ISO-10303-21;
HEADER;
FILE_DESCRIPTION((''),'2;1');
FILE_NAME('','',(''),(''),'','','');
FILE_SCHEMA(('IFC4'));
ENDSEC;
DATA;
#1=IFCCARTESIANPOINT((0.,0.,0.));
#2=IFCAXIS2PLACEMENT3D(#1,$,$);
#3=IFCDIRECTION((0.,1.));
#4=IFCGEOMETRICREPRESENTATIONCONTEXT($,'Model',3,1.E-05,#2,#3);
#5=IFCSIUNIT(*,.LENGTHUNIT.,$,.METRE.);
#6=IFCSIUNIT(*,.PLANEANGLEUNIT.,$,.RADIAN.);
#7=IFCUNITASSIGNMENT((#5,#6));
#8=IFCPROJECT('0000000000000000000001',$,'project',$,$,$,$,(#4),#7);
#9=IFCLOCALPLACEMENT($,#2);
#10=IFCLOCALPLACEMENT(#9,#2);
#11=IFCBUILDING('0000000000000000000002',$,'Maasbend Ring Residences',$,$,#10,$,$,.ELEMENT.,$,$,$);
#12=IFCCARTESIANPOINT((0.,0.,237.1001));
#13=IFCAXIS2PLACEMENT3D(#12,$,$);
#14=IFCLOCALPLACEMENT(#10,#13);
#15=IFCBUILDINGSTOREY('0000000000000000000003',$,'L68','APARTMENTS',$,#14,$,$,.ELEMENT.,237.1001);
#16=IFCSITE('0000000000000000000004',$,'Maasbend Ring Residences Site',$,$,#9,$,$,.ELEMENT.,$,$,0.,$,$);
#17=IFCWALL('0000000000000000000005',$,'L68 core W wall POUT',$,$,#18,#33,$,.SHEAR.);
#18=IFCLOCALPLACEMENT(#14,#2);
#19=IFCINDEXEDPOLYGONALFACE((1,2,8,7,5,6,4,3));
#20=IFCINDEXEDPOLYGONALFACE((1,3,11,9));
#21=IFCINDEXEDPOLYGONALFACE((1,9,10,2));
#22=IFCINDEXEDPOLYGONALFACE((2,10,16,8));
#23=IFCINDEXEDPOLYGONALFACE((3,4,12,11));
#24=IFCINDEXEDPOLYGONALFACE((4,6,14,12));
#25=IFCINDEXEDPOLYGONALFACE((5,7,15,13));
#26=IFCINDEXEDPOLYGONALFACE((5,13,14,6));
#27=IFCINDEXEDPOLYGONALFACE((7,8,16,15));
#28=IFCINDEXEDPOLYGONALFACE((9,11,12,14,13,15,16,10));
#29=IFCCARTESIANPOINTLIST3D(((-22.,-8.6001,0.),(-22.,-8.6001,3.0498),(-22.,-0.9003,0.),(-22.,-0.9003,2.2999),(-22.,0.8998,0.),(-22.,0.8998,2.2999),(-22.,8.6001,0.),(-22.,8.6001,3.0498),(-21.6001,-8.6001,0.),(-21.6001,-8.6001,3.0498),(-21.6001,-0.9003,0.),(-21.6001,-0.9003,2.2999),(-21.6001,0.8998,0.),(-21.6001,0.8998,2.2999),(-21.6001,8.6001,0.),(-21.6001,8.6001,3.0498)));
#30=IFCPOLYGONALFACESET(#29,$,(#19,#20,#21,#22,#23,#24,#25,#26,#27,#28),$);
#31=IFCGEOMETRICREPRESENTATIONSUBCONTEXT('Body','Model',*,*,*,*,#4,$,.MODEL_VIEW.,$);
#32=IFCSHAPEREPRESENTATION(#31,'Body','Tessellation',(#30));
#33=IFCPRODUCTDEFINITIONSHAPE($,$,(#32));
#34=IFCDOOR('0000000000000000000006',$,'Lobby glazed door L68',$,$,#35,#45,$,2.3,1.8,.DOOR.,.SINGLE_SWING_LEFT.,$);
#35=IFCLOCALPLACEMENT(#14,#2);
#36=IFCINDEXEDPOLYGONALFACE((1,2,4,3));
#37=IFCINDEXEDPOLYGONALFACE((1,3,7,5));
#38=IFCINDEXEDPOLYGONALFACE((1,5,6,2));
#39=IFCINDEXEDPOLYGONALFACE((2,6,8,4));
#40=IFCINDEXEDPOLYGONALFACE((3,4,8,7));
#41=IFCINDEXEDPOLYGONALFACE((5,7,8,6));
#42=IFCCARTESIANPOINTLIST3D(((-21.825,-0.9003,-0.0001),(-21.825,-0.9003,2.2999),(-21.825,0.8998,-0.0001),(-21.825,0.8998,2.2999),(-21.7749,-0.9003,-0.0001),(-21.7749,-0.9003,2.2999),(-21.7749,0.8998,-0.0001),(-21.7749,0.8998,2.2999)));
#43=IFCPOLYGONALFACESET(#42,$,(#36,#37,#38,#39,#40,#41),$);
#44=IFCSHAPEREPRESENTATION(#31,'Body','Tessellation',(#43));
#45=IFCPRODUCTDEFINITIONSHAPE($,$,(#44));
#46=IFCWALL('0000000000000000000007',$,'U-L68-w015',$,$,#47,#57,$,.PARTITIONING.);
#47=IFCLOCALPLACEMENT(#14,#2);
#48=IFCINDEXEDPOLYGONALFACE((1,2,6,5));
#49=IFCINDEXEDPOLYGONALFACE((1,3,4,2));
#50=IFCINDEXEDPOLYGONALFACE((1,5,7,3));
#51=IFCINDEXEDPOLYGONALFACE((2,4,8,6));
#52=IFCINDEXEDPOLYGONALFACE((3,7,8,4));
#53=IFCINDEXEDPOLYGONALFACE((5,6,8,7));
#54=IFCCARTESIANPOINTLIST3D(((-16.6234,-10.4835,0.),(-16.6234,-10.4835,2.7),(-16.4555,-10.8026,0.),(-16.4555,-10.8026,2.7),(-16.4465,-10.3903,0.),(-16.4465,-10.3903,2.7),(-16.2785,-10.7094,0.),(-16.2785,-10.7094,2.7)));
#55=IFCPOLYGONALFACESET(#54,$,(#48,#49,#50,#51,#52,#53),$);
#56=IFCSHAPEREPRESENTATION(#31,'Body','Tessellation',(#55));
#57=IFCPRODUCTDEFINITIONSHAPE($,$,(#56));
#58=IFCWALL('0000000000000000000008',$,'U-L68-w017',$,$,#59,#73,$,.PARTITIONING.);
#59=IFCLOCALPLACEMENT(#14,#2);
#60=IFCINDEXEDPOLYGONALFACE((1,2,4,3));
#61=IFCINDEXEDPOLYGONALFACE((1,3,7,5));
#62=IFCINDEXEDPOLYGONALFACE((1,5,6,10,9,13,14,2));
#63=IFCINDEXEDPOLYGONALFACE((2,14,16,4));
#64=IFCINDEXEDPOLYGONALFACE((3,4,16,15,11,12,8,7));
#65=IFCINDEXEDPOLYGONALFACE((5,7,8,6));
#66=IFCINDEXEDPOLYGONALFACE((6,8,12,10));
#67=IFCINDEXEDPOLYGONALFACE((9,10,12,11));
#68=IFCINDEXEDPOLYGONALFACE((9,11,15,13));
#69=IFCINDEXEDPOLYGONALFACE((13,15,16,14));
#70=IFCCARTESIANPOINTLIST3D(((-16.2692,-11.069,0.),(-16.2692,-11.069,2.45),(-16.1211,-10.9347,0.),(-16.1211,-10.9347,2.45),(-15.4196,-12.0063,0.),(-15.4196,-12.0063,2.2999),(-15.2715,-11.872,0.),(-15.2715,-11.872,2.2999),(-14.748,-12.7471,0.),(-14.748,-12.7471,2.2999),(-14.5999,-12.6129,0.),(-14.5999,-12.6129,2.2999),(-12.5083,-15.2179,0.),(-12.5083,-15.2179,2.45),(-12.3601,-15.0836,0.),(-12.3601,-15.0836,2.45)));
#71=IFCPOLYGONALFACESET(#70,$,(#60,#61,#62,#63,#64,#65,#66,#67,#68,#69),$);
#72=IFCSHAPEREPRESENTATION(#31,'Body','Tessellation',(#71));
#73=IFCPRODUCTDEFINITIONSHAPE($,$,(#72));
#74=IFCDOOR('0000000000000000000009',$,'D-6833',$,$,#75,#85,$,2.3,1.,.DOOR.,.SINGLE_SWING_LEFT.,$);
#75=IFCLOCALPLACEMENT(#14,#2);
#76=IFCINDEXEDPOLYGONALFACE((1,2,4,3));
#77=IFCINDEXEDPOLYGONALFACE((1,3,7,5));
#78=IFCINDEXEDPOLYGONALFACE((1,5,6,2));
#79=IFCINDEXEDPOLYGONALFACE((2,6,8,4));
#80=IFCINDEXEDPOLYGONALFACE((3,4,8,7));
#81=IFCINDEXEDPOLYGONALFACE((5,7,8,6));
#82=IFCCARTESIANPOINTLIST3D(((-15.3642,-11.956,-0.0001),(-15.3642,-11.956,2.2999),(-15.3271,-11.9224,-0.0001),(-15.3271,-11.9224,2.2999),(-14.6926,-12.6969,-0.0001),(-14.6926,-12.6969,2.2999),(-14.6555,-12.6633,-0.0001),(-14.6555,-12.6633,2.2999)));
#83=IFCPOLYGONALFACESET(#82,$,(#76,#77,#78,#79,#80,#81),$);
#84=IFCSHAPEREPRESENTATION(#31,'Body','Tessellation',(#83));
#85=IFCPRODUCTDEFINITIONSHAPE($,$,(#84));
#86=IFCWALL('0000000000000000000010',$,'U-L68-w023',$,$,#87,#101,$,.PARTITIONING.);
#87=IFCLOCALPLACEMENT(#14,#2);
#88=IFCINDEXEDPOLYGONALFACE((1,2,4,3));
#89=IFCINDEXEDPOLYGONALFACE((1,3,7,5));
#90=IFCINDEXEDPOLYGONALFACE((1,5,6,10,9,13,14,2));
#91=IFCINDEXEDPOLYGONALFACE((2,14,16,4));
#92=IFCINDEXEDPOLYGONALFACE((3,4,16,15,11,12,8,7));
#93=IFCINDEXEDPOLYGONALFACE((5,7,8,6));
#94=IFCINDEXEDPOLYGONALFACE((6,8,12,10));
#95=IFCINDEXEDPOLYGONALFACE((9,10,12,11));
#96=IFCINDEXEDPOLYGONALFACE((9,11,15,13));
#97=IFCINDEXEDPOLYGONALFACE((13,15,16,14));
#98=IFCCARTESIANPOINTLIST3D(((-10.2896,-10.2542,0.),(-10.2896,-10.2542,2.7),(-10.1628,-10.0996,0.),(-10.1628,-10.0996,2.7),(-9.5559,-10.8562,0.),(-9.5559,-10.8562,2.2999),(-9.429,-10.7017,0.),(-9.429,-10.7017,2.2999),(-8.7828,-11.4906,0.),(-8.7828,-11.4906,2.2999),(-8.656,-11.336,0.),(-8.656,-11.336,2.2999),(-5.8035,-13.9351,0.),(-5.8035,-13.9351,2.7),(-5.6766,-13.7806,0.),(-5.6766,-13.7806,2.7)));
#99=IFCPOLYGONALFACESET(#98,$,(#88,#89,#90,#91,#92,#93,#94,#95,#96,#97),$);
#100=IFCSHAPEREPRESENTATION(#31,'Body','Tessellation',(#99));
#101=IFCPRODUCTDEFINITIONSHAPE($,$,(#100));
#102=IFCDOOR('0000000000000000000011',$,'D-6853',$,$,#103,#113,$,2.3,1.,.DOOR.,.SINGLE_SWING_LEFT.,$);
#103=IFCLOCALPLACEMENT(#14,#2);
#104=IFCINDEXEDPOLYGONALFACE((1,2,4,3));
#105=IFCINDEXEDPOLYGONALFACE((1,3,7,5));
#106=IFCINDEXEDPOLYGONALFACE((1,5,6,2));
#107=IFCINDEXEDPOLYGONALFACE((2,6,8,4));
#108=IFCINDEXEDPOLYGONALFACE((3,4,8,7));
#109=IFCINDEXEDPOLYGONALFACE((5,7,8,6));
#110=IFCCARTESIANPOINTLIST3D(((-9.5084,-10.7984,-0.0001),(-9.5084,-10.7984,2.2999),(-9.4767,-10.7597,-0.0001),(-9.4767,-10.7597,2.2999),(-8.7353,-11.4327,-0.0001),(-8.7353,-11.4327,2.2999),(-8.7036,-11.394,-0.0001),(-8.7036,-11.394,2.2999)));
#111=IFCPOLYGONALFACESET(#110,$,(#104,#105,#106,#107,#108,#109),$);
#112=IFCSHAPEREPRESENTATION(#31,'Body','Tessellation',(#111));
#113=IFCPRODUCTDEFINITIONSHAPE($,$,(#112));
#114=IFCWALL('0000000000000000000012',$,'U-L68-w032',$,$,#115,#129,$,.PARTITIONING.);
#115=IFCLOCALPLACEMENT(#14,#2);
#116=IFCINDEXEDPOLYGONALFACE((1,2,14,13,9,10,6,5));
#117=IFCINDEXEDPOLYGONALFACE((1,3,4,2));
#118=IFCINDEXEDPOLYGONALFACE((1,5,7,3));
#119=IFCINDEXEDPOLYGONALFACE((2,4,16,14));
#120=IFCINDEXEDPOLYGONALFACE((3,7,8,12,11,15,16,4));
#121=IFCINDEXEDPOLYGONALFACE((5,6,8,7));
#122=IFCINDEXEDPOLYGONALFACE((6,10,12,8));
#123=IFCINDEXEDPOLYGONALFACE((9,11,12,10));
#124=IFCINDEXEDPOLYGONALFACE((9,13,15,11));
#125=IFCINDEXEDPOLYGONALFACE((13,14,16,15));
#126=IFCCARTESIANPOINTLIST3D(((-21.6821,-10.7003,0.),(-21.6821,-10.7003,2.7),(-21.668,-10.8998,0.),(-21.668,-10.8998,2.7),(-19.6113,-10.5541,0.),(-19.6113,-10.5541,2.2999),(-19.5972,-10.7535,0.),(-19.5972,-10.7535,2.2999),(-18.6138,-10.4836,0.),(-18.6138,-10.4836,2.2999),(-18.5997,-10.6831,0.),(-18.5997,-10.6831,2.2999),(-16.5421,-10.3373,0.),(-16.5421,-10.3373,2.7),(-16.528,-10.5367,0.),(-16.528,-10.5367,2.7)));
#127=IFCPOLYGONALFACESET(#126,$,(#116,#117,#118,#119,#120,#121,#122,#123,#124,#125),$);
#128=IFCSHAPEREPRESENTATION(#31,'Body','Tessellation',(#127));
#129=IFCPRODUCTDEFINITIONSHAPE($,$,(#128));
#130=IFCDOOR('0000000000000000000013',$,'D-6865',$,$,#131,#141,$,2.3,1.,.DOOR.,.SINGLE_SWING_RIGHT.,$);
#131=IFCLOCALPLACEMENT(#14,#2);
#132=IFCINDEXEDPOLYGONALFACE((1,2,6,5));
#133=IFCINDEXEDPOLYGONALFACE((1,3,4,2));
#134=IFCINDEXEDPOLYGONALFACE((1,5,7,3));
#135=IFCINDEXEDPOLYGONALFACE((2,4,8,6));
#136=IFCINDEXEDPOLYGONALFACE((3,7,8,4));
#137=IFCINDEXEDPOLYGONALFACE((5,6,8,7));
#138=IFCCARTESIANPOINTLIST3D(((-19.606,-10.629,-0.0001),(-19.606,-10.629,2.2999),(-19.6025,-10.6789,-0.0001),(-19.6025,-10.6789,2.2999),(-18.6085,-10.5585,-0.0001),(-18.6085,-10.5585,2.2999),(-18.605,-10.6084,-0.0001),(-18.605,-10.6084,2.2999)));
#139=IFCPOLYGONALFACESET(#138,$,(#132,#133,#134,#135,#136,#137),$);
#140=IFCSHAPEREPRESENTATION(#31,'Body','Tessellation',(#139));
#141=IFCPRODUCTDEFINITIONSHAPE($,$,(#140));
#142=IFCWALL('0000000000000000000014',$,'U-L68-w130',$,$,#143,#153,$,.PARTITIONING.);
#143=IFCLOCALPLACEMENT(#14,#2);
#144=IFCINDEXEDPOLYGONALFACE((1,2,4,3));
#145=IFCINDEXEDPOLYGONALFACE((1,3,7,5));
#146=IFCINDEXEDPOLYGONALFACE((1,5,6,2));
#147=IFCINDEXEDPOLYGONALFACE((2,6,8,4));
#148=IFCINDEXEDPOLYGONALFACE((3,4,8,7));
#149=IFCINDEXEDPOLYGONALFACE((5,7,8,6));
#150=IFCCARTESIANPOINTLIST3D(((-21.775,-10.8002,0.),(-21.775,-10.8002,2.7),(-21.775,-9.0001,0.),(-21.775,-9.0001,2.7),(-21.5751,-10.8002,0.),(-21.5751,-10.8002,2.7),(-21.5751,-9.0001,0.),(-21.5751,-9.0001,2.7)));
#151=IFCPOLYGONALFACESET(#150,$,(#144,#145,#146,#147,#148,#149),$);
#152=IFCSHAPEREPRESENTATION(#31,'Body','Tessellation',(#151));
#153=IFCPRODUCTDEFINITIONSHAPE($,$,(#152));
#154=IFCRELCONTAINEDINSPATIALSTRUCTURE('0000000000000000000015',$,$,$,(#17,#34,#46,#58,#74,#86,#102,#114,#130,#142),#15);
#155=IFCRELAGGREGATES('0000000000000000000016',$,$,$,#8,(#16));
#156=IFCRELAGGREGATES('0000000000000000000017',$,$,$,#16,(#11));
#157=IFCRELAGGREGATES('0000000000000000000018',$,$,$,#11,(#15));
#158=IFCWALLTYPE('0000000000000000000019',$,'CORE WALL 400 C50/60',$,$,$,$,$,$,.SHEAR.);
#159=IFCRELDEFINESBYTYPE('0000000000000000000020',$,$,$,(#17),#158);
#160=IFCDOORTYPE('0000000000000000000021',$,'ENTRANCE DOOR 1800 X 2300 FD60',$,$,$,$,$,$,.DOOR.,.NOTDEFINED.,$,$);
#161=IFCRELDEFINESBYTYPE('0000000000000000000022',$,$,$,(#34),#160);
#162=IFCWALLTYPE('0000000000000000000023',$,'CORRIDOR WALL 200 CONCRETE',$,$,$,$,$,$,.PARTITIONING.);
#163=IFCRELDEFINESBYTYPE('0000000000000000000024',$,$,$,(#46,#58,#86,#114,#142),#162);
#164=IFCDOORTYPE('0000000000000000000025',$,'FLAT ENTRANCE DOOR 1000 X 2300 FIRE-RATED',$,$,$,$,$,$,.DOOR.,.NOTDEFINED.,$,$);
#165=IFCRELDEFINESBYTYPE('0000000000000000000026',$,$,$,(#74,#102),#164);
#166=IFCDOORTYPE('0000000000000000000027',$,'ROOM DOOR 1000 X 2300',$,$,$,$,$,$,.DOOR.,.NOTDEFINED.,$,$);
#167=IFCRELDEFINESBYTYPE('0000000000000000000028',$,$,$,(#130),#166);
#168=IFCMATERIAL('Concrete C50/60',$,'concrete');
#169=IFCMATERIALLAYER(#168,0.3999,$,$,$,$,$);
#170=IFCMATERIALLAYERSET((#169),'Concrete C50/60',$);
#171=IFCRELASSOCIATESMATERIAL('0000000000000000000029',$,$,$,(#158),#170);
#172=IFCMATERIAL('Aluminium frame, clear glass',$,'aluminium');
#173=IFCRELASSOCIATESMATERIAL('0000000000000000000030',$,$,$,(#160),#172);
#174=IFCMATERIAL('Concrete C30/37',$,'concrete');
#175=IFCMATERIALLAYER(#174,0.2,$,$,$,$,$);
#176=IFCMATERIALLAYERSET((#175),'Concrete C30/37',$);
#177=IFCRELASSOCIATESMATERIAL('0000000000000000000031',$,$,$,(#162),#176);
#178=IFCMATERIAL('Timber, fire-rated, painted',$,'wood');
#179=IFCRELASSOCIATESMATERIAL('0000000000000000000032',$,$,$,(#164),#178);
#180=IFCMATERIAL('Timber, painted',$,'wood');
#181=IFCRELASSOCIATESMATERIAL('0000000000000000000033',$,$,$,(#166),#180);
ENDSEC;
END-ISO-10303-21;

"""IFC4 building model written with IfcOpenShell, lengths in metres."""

from ifc_helpers import new_model, si_unit, direction, frame, frame_2d, origin, place, context, subcontext, project, spatial, rectangle, extrude, material, layer, layer_set, type_object, element, fill, save


model = new_model("IFC4")

# Units and contexts
model_context = context("Model", 3, precision=1e-05, world=origin(), true_north=direction((0.0, 1.0)))
body_context = subcontext(model_context, "Body", "Model", "MODEL_VIEW")
ifc_project = project(units=[si_unit("LENGTHUNIT", "METRE"), si_unit("PLANEANGLEUNIT", "RADIAN")], contexts=[model_context])

# Site, building, storey
site_placement = place(None, origin())
site = spatial("IfcSite", under=ifc_project, at=site_placement, Name="Maasbend Ring Residences Site", CompositionType="ELEMENT", RefElevation=0.0)
building_placement = place(site_placement, origin())
building = spatial("IfcBuilding", under=site, at=building_placement, Name="Maasbend Ring Residences", CompositionType="ELEMENT")
storey_placement = place(building_placement, frame((0.0, 0.0, 237.1001)))
storey = spatial("IfcBuildingStorey", under=building, at=storey_placement, Name="L68", Description="APARTMENTS", CompositionType="ELEMENT", Elevation=237.1001)

# Wall, opening, door
ifc_material_1 = material(Name="Concrete C50/60", Category="concrete")
ifc_layer_1 = layer(ifc_material_1, 0.3999)
ifc_layer_set_1 = layer_set([ifc_layer_1], Name="Concrete C50/60")
wall_type_1 = type_object("IfcWallType", Name="CORE WALL 400 C50/60", PredefinedType="SHEAR", material=ifc_layer_set_1)
wall_1_placement = place(storey_placement, frame((-21.8, -8.6001, 0.0), z_axis=(0.0, 0.0, 1.0), x_axis=(0.0, 1.0, 0.0)))
wall_1 = element("IfcWall", 1, at=wall_1_placement, inside=storey, type_object=wall_type_1, Name="L68 core W wall POUT", PredefinedType="SHEAR", context=body_context, shape_type="SweptSolid", body=[
    extrude(rectangle(XDim=17.2002, YDim=0.3999, at=frame_2d((8.6001, 0.0))), origin(), (0.0, 0.0, 1.0), 3.0498),
])
opening_1_placement = place(wall_1_placement, frame((7.7, 0.0, 0.0)))
opening_1 = element("IfcOpeningElement", 2, at=opening_1_placement, cuts=wall_1, PredefinedType="OPENING", context=body_context, shape_type="SweptSolid", body=[
    extrude(rectangle(XDim=1.8, YDim=2.3, at=frame_2d((0.8999, 1.1499))), frame((0.0, 0.21, 0.0), z_axis=(0.0, -1.0, 0.0), x_axis=(1.0, 0.0, 0.0)), (0.0, 0.0, 1.0), 0.4199),
])
ifc_material_2 = material(Name="Aluminium frame, clear glass", Category="aluminium")
door_type_1 = type_object("IfcDoorType", Name="ENTRANCE DOOR 1800 X 2300 FD60", OperationType="NOTDEFINED", PredefinedType="DOOR", material=ifc_material_2)
door_1_placement = place(opening_1_placement, origin())
door_1 = element("IfcDoor", 3, at=door_1_placement, inside=storey, type_object=door_type_1, Name="Lobby glazed door L68", OperationType="SINGLE_SWING_LEFT", OverallHeight=2.3, OverallWidth=1.8, PredefinedType="DOOR", context=body_context, shape_type="SweptSolid", body=[
    extrude(rectangle(XDim=1.8, YDim=2.3, at=frame_2d((0.8999, 1.1499))), frame((0.0, 0.0249, 0.0), z_axis=(0.0, -1.0, 0.0), x_axis=(1.0, 0.0, 0.0)), (0.0, 0.0, 1.0), 0.05),
])
fill(opening_1, door_1)

# Wall
ifc_material_3 = material(Name="Concrete C30/37", Category="concrete")
ifc_layer_2 = layer(ifc_material_3, 0.2)
ifc_layer_set_2 = layer_set([ifc_layer_2], Name="Concrete C30/37")
wall_type_2 = type_object("IfcWallType", Name="CORRIDOR WALL 200 CONCRETE", PredefinedType="PARTITIONING", material=ifc_layer_set_2)
wall_2_placement = place(storey_placement, frame((-16.5349, -10.437, 0.0), z_axis=(0.0, 0.0, 1.0), x_axis=(0.465802, -0.884889, 0.0)))
element("IfcWall", 4, at=wall_2_placement, inside=storey, type_object=wall_type_2, Name="U-L68-w015", PredefinedType="PARTITIONING", context=body_context, shape_type="SweptSolid", body=[
    extrude(rectangle(XDim=0.3606, YDim=0.2, at=frame_2d((0.1802, 0.0))), origin(), (0.0, 0.0, 1.0), 2.7),
])

# Walls, openings, doors
wall_3_placement = place(storey_placement, frame((-16.1951, -11.002, 0.0), z_axis=(0.0, 0.0, 1.0), x_axis=(0.67162, -0.740896, 0.0)))
wall_3 = element("IfcWall", 5, at=wall_3_placement, inside=storey, type_object=wall_type_2, Name="U-L68-w017", PredefinedType="PARTITIONING", context=body_context, shape_type="SweptSolid", body=[
    extrude(rectangle(XDim=5.5999, YDim=0.2, at=frame_2d((2.7998, 0.0))), origin(), (0.0, 0.0, 1.0), 2.45),
])
opening_2_placement = place(wall_3_placement, frame((1.2649, 0.0, 0.0)))
opening_2 = element("IfcOpeningElement", 6, at=opening_2_placement, cuts=wall_3, PredefinedType="OPENING", context=body_context, shape_type="SweptSolid", body=[
    extrude(rectangle(XDim=1.0, YDim=2.3, at=frame_2d((0.5, 1.1499))), frame((0.0, 0.1099, 0.0), z_axis=(0.0, -1.0, 0.0), x_axis=(1.0, 0.0, 0.0)), (0.0, 0.0, 1.0), 0.22),
])
ifc_material_4 = material(Name="Timber, fire-rated, painted", Category="wood")
door_type_2 = type_object("IfcDoorType", Name="FLAT ENTRANCE DOOR 1000 X 2300 FIRE-RATED", OperationType="NOTDEFINED", PredefinedType="DOOR", material=ifc_material_4)
door_2_placement = place(opening_2_placement, origin())
door_2 = element("IfcDoor", 7, at=door_2_placement, inside=storey, type_object=door_type_2, Name="D-6833", OperationType="SINGLE_SWING_LEFT", OverallHeight=2.3, OverallWidth=1.0, PredefinedType="DOOR", context=body_context, shape_type="SweptSolid", body=[
    extrude(rectangle(XDim=1.0, YDim=2.3, at=frame_2d((0.5, 1.1499))), frame((0.0, 0.0249, 0.0), z_axis=(0.0, -1.0, 0.0), x_axis=(1.0, 0.0, 0.0)), (0.0, 0.0, 1.0), 0.05),
])
fill(opening_2, door_2)
wall_4_placement = place(storey_placement, frame((-10.2261, -10.177, 0.0), z_axis=(0.0, 0.0, 1.0), x_axis=(0.773072, -0.634319, 0.0)))
wall_4 = element("IfcWall", 8, at=wall_4_placement, inside=storey, type_object=wall_type_2, Name="U-L68-w023", PredefinedType="PARTITIONING", context=body_context, shape_type="SweptSolid", body=[
    extrude(rectangle(XDim=5.803, YDim=0.2, at=frame_2d((2.9014, 0.0))), origin(), (0.0, 0.0, 1.0), 2.7),
])
opening_3_placement = place(wall_4_placement, frame((0.949, 0.0, 0.0)))
opening_3 = element("IfcOpeningElement", 9, at=opening_3_placement, cuts=wall_4, PredefinedType="OPENING", context=body_context, shape_type="SweptSolid", body=[
    extrude(rectangle(XDim=1.0, YDim=2.3, at=frame_2d((0.5, 1.1499))), frame((0.0, 0.1099, 0.0), z_axis=(0.0, -1.0, 0.0), x_axis=(1.0, 0.0, 0.0)), (0.0, 0.0, 1.0), 0.22),
])
door_3_placement = place(opening_3_placement, origin())
door_3 = element("IfcDoor", 10, at=door_3_placement, inside=storey, type_object=door_type_2, Name="D-6853", OperationType="SINGLE_SWING_LEFT", OverallHeight=2.3, OverallWidth=1.0, PredefinedType="DOOR", context=body_context, shape_type="SweptSolid", body=[
    extrude(rectangle(XDim=1.0, YDim=2.3, at=frame_2d((0.5, 1.1499))), frame((0.0, 0.0249, 0.0), z_axis=(0.0, -1.0, 0.0), x_axis=(1.0, 0.0, 0.0)), (0.0, 0.0, 1.0), 0.05),
])
fill(opening_3, door_3)
wall_5_placement = place(storey_placement, frame((-21.675, -10.8, 0.0), z_axis=(0.0, 0.0, 1.0), x_axis=(0.997515, 0.070452, 0.0)))
wall_5 = element("IfcWall", 11, at=wall_5_placement, inside=storey, type_object=wall_type_2, Name="U-L68-w032", PredefinedType="PARTITIONING", context=body_context, shape_type="SweptSolid", body=[
    extrude(rectangle(XDim=5.1528, YDim=0.2, at=frame_2d((2.5764, 0.0))), origin(), (0.0, 0.0, 1.0), 2.7),
])
opening_4_placement = place(wall_5_placement, frame((2.0759, 0.0, 0.0)))
opening_4 = element("IfcOpeningElement", 12, at=opening_4_placement, cuts=wall_5, PredefinedType="OPENING", context=body_context, shape_type="SweptSolid", body=[
    extrude(rectangle(XDim=1.0, YDim=2.3, at=frame_2d((0.5, 1.1499))), frame((0.0, 0.1099, 0.0), z_axis=(0.0, -1.0, 0.0), x_axis=(1.0, 0.0, 0.0)), (0.0, 0.0, 1.0), 0.22),
])
ifc_material_5 = material(Name="Timber, painted", Category="wood")
door_type_3 = type_object("IfcDoorType", Name="ROOM DOOR 1000 X 2300", OperationType="NOTDEFINED", PredefinedType="DOOR", material=ifc_material_5)
door_4_placement = place(opening_4_placement, origin())
door_4 = element("IfcDoor", 13, at=door_4_placement, inside=storey, type_object=door_type_3, Name="D-6865", OperationType="SINGLE_SWING_RIGHT", OverallHeight=2.3, OverallWidth=1.0, PredefinedType="DOOR", context=body_context, shape_type="SweptSolid", body=[
    extrude(rectangle(XDim=1.0, YDim=2.3, at=frame_2d((0.5, 1.1499))), frame((0.0, 0.0249, 0.0), z_axis=(0.0, -1.0, 0.0), x_axis=(1.0, 0.0, 0.0)), (0.0, 0.0, 1.0), 0.05),
])
fill(opening_4, door_4)

# Wall
wall_6_placement = place(storey_placement, frame((-21.675, -10.8, 0.0), z_axis=(0.0, 0.0, 1.0), x_axis=(0.0, 1.0, 0.0)))
element("IfcWall", 14, at=wall_6_placement, inside=storey, type_object=wall_type_2, Name="U-L68-w130", PredefinedType="PARTITIONING", context=body_context, shape_type="SweptSolid", body=[
    extrude(rectangle(XDim=1.8, YDim=0.2, at=frame_2d((0.8999, 0.0))), origin(), (0.0, 0.0, 1.0), 2.7),
])

save(model, "model.ifc")
